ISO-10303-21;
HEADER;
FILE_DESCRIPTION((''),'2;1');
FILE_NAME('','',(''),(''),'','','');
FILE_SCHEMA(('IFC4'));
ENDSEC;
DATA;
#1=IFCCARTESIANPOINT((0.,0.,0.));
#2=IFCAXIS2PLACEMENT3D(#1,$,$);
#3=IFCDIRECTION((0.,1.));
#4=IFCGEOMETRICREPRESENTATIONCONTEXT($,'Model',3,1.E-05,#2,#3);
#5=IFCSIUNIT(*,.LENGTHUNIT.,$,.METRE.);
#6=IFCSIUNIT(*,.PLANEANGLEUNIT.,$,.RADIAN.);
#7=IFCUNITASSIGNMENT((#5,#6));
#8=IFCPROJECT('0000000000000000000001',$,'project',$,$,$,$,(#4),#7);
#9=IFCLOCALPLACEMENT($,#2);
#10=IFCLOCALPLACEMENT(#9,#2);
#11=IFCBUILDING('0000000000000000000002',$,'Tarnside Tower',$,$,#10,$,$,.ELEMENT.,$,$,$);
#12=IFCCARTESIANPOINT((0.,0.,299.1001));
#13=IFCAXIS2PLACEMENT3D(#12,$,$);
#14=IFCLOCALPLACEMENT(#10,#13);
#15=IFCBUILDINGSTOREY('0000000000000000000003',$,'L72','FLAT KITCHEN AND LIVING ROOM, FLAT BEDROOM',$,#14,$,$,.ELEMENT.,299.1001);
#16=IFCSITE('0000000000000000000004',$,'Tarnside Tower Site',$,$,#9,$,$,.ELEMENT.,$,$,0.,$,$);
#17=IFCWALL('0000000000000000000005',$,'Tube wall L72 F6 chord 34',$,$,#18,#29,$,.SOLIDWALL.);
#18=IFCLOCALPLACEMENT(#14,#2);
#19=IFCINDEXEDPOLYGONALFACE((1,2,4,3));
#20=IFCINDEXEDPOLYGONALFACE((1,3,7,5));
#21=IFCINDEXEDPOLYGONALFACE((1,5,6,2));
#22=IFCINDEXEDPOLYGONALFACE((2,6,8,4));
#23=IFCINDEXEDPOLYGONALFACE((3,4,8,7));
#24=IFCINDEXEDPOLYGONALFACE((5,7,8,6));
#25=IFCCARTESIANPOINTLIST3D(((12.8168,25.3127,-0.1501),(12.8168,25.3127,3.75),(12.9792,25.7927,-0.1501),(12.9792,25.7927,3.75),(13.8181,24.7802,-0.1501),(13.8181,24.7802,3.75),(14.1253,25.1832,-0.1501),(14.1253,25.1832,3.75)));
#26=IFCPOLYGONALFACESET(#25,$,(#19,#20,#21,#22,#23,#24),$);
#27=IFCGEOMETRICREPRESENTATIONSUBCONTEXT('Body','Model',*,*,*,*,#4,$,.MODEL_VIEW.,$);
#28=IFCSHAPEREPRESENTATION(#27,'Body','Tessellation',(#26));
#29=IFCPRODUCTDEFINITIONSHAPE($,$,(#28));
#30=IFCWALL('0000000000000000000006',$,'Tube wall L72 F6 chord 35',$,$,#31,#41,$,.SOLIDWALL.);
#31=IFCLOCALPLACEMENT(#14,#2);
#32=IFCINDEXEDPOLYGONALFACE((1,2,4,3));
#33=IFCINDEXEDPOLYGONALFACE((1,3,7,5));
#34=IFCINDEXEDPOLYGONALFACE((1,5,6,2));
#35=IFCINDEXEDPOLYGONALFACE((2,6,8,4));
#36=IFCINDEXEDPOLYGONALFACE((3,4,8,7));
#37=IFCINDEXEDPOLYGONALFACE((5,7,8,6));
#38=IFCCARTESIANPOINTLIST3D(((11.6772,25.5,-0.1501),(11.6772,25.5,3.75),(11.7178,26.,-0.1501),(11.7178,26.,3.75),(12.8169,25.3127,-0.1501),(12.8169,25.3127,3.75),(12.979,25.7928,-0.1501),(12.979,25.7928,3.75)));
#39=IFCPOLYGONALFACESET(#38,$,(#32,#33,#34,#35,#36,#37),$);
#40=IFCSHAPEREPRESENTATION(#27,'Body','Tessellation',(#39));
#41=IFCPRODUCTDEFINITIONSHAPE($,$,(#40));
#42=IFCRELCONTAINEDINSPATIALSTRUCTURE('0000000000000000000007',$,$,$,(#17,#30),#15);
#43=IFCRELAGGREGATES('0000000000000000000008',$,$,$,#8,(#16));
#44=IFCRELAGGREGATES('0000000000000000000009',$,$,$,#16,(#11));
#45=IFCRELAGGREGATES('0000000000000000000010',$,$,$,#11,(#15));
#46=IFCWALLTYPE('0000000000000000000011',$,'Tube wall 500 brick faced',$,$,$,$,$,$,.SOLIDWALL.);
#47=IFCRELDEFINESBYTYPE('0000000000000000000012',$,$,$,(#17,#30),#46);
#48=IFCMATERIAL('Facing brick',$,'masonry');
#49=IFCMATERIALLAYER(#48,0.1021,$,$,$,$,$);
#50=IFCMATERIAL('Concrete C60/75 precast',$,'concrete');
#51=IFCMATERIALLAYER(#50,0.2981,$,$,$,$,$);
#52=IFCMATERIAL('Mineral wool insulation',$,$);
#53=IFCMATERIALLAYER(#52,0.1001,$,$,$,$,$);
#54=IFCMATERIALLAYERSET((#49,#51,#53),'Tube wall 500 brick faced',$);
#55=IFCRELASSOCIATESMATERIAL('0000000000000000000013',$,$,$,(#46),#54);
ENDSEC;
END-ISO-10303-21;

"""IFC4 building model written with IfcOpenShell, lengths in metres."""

from ifc_helpers import new_model, si_unit, direction, frame, origin, place, context, subcontext, project, spatial, polyline, outline, extrude, material, layer, layer_set, type_object, element, save


model = new_model("IFC4")

# Units and contexts
model_context = context("Model", 3, precision=1e-05, world=origin(), true_north=direction((0.0, 1.0)))
body_context = subcontext(model_context, "Body", "Model", "MODEL_VIEW")
ifc_project = project(units=[si_unit("LENGTHUNIT", "METRE"), si_unit("PLANEANGLEUNIT", "RADIAN")], contexts=[model_context])

# Site, building, storey
site_placement = place(None, origin())
site = spatial("IfcSite", under=ifc_project, at=site_placement, Name="Tarnside Tower Site", CompositionType="ELEMENT", RefElevation=0.0)
building_placement = place(site_placement, origin())
building = spatial("IfcBuilding", under=site, at=building_placement, Name="Tarnside Tower", CompositionType="ELEMENT")
storey_placement = place(building_placement, frame((0.0, 0.0, 299.1001)))
storey = spatial("IfcBuildingStorey", under=building, at=storey_placement, Name="L72", Description="FLAT KITCHEN AND LIVING ROOM, FLAT BEDROOM", CompositionType="ELEMENT", Elevation=299.1001)

# Shared definitions
ifc_material_1 = material(Name="Concrete C60/75 precast", Category="concrete")
ifc_material_2 = material(Name="Mineral wool insulation")

# Shared definitions
ifc_material_3 = material(Name="Facing brick", Category="masonry")
ifc_layer_1 = layer(ifc_material_3, 0.1021)
ifc_layer_2 = layer(ifc_material_1, 0.2981)
ifc_layer_3 = layer(ifc_material_2, 0.1001)
ifc_layer_set_1 = layer_set([ifc_layer_1, ifc_layer_2, ifc_layer_3], Name="Tube wall 500 brick faced")
wall_type_1 = type_object("IfcWallType", Name="Tube wall 500 brick faced", PredefinedType="SOLIDWALL", material=ifc_layer_set_1)

# Walls
wall_1_placement = place(storey_placement, frame((13.9717, 24.9817, -0.1501), z_axis=(0.0, 0.0, 1.0), x_axis=(-0.882902, 0.469556, 0.0)))
element("IfcWall", 1, at=wall_1_placement, inside=storey, type_object=wall_type_1, Name="Tube wall L72 F6 chord 34", PredefinedType="SOLIDWALL", context=body_context, shape_type="SweptSolid", body=[
    extrude(outline(polyline([(-0.041, -0.25), (1.2571, -0.25), (1.175, 0.25), (0.041, 0.25), (-0.041, -0.25)])), origin(), (0.0, 0.0, 1.0), 3.9001),
])
wall_2_placement = place(storey_placement, frame((12.8979, 25.5527, -0.1501), z_axis=(0.0, 0.0, 1.0), x_axis=(-0.986766, 0.162153, 0.0)))
element("IfcWall", 2, at=wall_2_placement, inside=storey, type_object=wall_type_1, Name="Tube wall L72 F6 chord 35", PredefinedType="SOLIDWALL", context=body_context, shape_type="SweptSolid", body=[
    extrude(outline(polyline([(-0.041, -0.25), (1.2371, -0.25), (1.196, 0.25), (0.041, 0.25), (-0.041, -0.25)])), origin(), (0.0, 0.0, 1.0), 3.9001),
])

save(model, "model.ifc")
